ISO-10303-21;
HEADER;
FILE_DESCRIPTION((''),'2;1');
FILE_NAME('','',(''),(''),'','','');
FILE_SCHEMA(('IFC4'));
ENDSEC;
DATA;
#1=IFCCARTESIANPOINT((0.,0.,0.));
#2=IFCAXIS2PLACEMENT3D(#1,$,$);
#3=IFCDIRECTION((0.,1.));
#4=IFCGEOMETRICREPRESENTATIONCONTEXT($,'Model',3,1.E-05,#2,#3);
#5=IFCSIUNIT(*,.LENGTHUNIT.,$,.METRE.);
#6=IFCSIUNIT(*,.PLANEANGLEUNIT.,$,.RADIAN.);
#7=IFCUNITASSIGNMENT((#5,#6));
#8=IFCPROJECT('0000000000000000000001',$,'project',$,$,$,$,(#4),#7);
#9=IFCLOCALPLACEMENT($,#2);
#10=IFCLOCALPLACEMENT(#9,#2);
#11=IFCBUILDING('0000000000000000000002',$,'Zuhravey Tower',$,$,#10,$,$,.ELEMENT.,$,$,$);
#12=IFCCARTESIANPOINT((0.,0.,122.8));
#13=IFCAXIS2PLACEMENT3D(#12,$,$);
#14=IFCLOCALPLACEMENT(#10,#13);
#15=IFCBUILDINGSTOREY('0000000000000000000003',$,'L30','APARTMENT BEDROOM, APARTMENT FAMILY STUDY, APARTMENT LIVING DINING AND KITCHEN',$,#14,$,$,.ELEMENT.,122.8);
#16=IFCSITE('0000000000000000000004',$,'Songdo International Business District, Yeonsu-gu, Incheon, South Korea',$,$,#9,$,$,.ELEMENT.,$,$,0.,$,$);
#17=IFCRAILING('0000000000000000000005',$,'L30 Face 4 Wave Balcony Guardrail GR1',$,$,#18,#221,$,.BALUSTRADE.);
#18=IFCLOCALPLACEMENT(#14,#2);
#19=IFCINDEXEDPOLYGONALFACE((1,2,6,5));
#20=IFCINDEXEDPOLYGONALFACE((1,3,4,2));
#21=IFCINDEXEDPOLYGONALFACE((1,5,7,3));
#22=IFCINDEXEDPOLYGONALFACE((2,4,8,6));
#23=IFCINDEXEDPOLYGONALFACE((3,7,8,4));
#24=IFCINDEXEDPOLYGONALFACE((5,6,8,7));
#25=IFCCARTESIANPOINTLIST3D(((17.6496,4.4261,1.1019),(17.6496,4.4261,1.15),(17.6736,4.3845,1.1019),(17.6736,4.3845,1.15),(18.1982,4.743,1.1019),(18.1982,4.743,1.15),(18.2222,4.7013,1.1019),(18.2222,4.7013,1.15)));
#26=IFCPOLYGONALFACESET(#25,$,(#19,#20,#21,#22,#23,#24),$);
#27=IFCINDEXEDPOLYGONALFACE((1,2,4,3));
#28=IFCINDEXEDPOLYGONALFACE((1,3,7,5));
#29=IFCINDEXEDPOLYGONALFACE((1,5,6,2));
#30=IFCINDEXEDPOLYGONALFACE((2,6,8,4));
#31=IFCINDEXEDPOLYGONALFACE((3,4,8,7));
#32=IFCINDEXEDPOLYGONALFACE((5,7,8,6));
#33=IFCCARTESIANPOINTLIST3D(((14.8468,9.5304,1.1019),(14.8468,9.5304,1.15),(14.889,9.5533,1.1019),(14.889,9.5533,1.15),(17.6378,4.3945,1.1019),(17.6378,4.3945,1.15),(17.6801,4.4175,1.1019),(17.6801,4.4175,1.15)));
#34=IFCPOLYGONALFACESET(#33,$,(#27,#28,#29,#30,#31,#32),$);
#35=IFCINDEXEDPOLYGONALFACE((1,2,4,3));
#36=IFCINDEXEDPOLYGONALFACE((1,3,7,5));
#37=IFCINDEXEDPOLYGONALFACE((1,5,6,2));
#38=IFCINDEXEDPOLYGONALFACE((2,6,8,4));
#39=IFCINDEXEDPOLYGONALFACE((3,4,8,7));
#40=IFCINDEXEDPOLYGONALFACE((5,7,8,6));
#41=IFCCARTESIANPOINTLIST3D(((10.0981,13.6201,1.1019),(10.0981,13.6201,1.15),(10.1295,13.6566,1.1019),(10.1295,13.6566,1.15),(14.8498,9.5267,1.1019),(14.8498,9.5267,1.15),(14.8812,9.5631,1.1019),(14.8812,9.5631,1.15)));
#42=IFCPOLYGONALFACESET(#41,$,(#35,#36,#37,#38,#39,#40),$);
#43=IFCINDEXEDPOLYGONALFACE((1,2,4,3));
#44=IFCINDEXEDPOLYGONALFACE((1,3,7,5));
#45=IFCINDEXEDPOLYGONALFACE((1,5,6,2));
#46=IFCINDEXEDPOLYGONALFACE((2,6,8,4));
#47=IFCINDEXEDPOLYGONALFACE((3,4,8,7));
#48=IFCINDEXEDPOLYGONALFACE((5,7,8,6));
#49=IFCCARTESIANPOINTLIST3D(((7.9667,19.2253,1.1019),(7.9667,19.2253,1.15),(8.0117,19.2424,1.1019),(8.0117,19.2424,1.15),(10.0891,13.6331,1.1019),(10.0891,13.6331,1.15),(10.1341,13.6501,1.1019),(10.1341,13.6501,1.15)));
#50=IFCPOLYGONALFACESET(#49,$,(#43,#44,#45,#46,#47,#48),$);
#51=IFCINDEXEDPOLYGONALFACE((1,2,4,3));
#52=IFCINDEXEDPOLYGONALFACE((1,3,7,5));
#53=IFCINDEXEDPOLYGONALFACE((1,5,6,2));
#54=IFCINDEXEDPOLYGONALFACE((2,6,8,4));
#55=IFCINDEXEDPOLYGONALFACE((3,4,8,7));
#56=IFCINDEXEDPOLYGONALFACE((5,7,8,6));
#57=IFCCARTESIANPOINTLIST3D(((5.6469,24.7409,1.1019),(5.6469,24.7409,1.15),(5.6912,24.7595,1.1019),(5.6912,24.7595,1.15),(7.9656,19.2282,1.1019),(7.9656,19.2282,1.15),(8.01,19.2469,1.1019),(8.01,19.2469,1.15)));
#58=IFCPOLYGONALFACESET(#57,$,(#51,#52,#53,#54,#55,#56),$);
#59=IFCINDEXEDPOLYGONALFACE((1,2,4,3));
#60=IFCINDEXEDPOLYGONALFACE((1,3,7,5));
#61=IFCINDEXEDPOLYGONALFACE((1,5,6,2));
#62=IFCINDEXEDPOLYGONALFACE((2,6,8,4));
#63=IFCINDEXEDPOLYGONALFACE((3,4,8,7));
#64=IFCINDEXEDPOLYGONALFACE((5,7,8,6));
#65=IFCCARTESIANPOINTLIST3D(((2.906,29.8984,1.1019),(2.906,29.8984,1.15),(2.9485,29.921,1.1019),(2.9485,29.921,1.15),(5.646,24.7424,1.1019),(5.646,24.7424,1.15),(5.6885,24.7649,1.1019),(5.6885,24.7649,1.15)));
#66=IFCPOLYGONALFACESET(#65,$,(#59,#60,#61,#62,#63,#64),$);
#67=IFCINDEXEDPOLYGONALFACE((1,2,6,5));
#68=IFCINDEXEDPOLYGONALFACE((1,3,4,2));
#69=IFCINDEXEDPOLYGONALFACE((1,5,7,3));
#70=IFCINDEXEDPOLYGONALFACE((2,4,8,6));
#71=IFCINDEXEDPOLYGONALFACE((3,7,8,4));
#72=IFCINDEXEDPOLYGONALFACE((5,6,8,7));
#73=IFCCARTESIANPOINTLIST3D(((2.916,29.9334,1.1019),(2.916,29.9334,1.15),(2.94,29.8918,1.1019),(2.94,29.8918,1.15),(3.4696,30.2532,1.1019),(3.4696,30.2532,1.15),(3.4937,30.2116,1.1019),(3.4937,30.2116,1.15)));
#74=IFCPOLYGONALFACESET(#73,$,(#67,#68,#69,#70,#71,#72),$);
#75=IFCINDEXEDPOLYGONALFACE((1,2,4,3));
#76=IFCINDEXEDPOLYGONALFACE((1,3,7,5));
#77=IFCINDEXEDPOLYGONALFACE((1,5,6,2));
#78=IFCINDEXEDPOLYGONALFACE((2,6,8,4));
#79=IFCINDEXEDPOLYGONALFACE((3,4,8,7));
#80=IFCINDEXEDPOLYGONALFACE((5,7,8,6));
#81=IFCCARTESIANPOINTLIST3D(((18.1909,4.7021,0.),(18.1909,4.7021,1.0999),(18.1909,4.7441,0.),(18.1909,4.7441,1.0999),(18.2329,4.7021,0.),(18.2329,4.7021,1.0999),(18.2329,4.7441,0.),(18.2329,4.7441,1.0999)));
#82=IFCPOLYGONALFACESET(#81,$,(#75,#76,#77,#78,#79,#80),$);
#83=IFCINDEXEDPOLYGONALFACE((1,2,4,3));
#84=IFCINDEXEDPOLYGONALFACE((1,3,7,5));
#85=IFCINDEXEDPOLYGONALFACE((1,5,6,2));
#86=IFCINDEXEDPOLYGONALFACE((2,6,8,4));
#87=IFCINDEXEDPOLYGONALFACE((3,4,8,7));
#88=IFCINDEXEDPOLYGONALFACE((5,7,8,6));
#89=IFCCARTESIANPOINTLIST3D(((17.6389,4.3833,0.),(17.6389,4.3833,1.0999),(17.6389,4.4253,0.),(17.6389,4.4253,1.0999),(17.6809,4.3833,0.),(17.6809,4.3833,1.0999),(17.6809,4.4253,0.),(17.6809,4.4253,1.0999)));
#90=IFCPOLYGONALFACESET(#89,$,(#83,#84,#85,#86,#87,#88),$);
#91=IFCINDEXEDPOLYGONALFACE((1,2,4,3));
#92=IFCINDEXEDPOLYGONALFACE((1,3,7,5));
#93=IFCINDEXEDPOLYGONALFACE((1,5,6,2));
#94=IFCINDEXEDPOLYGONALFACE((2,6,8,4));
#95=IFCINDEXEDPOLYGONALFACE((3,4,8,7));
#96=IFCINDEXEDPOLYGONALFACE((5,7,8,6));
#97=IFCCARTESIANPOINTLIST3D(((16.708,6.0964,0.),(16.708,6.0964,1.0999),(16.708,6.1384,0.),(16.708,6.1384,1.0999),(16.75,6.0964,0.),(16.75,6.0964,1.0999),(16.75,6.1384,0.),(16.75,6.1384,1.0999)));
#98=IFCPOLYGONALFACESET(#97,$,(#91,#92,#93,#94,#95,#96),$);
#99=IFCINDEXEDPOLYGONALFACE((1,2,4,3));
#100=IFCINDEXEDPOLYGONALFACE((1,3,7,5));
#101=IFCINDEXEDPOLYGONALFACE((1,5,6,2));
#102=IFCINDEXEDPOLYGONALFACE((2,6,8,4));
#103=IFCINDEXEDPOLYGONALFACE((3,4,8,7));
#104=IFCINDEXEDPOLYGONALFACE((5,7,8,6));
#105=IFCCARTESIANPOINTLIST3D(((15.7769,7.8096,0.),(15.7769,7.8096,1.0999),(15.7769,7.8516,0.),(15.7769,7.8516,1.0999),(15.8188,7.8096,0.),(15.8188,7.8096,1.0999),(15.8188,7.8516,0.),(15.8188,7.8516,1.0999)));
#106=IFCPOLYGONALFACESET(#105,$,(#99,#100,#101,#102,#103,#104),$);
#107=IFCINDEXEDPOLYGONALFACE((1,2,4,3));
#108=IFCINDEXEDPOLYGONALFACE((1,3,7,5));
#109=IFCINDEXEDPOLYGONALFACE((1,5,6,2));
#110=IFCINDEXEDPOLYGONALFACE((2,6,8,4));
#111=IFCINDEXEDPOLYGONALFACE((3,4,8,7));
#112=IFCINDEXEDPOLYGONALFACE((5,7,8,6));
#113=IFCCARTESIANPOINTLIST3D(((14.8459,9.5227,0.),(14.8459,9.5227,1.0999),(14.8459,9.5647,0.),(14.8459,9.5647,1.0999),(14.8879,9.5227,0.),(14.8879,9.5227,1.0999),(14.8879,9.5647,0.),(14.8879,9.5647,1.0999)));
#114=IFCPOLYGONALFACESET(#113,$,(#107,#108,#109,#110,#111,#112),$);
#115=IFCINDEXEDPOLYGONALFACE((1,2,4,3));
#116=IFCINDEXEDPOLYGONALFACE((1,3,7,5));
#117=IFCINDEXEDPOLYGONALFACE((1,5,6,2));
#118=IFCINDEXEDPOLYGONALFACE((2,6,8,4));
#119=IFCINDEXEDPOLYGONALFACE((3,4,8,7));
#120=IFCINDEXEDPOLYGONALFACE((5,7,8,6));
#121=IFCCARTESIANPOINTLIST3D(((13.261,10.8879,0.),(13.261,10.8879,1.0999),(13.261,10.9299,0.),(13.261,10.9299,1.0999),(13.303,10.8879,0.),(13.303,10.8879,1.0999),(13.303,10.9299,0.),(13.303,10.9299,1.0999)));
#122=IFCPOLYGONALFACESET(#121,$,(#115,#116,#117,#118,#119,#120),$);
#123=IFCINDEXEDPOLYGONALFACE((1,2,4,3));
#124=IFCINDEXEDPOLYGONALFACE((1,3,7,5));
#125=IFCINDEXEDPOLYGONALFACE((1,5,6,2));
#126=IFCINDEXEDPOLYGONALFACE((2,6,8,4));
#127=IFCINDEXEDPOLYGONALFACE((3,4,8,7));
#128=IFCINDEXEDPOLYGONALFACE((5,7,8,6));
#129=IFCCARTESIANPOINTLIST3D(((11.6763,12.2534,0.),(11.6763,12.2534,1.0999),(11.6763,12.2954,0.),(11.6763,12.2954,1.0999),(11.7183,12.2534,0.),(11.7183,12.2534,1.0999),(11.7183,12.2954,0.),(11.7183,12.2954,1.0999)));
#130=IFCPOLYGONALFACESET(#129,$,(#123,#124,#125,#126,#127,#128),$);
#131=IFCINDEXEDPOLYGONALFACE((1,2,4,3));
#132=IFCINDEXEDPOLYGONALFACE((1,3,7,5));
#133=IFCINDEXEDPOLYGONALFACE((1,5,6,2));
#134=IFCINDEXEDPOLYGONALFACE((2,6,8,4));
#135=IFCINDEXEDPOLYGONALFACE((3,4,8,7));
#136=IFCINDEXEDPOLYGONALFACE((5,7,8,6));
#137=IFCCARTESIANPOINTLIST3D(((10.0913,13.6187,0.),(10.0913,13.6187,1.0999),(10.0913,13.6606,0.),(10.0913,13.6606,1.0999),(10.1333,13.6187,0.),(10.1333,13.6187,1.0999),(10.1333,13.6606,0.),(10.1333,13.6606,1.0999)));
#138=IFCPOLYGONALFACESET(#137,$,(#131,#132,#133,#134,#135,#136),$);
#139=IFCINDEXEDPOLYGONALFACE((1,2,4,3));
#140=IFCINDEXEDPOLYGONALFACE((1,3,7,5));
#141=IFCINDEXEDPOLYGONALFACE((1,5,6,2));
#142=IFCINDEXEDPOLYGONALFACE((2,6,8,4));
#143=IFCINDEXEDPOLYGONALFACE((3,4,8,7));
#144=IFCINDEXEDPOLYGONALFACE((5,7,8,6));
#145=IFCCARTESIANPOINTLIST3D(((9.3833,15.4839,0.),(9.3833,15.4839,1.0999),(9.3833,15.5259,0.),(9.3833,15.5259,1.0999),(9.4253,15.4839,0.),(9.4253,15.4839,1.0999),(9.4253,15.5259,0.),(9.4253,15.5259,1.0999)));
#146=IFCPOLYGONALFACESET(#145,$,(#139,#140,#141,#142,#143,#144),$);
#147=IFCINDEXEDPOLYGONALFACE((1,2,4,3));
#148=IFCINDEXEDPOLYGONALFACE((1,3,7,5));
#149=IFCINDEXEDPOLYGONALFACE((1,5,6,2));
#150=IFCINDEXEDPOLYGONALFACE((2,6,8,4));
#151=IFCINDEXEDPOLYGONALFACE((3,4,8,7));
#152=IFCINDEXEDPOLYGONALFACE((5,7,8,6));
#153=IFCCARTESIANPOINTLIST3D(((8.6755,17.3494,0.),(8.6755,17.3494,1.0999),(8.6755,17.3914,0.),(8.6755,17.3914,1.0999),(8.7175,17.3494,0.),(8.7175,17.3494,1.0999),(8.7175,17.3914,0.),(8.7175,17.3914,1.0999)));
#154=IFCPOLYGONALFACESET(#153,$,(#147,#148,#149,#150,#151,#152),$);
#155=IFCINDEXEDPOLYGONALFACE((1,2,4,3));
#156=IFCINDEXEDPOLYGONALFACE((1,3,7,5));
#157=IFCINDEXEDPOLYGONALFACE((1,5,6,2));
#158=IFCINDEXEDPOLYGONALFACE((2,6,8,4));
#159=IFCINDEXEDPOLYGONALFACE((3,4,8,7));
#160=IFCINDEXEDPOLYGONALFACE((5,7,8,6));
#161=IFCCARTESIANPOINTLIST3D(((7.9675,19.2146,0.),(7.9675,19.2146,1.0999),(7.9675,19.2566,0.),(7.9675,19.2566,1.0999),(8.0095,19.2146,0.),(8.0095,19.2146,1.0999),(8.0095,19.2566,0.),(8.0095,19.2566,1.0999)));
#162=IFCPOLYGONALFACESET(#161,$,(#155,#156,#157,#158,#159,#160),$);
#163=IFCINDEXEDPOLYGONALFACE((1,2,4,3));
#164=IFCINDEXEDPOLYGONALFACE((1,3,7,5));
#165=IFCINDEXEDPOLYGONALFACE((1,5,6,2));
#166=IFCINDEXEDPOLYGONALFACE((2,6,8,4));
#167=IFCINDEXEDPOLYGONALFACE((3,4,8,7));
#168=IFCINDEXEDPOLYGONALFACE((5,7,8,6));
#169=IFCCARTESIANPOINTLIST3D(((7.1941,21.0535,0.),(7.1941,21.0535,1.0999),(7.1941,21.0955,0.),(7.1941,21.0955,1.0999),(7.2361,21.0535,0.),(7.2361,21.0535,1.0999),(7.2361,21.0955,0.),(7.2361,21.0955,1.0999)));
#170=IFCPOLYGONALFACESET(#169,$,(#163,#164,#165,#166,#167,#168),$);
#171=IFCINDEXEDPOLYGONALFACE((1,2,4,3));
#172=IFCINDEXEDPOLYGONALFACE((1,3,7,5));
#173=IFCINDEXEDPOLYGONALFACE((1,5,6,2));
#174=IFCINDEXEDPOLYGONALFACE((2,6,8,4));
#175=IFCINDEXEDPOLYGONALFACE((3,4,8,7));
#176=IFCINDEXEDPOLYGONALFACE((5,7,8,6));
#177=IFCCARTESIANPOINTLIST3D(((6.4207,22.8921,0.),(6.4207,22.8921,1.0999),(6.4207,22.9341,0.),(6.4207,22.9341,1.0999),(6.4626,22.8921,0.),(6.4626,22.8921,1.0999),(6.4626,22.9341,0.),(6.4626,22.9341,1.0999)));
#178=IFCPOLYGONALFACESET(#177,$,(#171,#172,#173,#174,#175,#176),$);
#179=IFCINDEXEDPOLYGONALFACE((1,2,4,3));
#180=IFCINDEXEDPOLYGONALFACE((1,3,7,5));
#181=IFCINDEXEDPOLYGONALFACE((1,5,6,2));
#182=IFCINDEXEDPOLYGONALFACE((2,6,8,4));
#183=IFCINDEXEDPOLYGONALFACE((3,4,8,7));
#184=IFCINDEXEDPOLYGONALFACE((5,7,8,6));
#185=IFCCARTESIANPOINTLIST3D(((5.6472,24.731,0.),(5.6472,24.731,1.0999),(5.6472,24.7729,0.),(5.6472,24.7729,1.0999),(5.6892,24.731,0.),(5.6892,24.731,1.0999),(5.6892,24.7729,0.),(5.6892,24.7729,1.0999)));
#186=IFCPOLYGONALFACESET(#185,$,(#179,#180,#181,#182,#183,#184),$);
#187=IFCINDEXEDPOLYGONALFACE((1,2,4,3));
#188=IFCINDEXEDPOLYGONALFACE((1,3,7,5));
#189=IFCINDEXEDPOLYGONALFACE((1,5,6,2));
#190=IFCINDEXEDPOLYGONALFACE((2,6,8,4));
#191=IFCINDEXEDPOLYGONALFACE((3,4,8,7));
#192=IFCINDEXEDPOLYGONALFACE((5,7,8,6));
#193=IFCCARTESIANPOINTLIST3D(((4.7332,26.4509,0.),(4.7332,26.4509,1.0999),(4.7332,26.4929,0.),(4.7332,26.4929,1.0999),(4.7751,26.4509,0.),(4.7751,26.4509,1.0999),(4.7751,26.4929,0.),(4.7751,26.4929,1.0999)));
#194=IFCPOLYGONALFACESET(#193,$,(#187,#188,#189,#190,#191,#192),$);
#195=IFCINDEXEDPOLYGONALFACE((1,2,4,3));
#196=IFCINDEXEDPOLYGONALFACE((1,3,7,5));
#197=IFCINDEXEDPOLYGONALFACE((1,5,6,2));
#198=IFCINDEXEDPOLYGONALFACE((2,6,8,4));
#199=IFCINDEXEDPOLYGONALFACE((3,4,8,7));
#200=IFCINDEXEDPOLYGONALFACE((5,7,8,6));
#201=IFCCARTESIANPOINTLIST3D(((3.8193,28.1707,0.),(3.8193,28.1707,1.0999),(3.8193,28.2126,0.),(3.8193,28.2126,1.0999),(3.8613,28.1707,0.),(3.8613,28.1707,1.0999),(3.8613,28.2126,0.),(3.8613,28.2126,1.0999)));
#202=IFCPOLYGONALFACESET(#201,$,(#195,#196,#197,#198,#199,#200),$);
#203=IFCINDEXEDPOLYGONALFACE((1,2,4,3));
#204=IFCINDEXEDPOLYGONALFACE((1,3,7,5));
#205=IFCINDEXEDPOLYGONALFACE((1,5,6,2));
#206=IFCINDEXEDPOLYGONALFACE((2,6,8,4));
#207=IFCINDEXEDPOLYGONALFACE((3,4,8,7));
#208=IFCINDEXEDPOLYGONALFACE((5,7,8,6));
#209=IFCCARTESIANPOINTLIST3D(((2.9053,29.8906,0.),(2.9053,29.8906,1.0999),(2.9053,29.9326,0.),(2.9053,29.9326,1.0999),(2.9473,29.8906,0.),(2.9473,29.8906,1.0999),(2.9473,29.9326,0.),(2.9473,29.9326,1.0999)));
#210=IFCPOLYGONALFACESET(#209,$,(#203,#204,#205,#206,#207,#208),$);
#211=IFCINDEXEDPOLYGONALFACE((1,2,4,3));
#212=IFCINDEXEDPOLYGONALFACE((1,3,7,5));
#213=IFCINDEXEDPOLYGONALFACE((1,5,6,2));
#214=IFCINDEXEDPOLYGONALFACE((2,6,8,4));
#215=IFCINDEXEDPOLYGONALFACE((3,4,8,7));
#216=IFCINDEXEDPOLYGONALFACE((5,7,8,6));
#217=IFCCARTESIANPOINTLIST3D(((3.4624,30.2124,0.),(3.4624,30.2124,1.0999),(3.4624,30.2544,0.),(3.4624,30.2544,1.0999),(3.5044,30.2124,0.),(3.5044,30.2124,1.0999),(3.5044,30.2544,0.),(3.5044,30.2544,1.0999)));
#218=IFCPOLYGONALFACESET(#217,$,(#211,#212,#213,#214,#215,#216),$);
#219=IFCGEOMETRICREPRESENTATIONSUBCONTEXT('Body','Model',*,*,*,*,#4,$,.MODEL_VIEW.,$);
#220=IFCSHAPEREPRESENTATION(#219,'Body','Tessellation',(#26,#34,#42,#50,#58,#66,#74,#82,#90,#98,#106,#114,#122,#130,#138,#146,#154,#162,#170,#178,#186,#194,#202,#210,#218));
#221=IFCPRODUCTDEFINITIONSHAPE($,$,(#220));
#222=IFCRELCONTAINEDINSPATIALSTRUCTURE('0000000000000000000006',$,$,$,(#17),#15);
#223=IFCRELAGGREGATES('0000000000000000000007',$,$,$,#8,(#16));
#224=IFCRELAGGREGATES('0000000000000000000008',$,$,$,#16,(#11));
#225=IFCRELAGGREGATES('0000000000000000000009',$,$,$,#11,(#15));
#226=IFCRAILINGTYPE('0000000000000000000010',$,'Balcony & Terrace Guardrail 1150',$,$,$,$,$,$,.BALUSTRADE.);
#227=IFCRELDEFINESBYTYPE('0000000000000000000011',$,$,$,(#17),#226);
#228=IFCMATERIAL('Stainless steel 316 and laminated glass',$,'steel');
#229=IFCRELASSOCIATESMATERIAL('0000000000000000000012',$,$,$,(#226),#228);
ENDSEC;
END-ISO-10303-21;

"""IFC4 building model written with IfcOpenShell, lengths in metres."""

from ifc_helpers import new_model, si_unit, direction, frame, origin, origin_2d, place, context, subcontext, project, spatial, rectangle, extrude, material, type_object, element, save


model = new_model("IFC4")

# Units and contexts
model_context = context("Model", 3, precision=1e-05, world=origin(), true_north=direction((0.0, 1.0)))
body_context = subcontext(model_context, "Body", "Model", "MODEL_VIEW")
ifc_project = project(units=[si_unit("LENGTHUNIT", "METRE"), si_unit("PLANEANGLEUNIT", "RADIAN")], contexts=[model_context])

# Site, building, storey
site_placement = place(None, origin())
site = spatial("IfcSite", under=ifc_project, at=site_placement, Name="Songdo International Business District, Yeonsu-gu, Incheon, South Korea", CompositionType="ELEMENT", RefElevation=0.0)
building_placement = place(site_placement, origin())
building = spatial("IfcBuilding", under=site, at=building_placement, Name="Zuhravey Tower", CompositionType="ELEMENT")
storey_placement = place(building_placement, frame((0.0, 0.0, 122.8)))
storey = spatial("IfcBuildingStorey", under=building, at=storey_placement, Name="L30", Description="APARTMENT BEDROOM, APARTMENT FAMILY STUDY, APARTMENT LIVING DINING AND KITCHEN", CompositionType="ELEMENT", Elevation=122.8)

# Railing
ifc_material_1 = material(Name="Stainless steel 316 and laminated glass", Category="steel")
railing_type = type_object("IfcRailingType", Name="Balcony & Terrace Guardrail 1150", PredefinedType="BALUSTRADE", material=ifc_material_1)
railing_placement = place(storey_placement, frame((18.2119, 4.7231, 0.0)))
element("IfcRailing", 1, at=railing_placement, inside=storey, type_object=railing_type, Name="L30 Face 4 Wave Balcony Guardrail GR1", PredefinedType="BALUSTRADE", context=body_context, shape_type="SweptSolid", body=[
    extrude(rectangle(XDim=0.0481, YDim=0.0481, at=origin_2d()), frame((-0.0017, -0.001, 1.126), z_axis=(-0.865924, -0.500176, 0.0), x_axis=(0.500176, -0.865924, 0.0)), (0.0, 0.0, 1.0), 0.6335),
    extrude(rectangle(XDim=0.0481, YDim=0.0481, at=origin_2d()), frame((-0.553, -0.3171, 1.126), z_axis=(-0.477489, 0.878638, 0.0), x_axis=(-0.878638, -0.477489, 0.0)), (0.0, 0.0, 1.0), 5.8452),
    extrude(rectangle(XDim=0.0481, YDim=0.0481, at=origin_2d()), frame((-3.3464, 4.8218, 1.126), z_axis=(-0.757637, 0.652676, 0.0), x_axis=(-0.652676, -0.757637, 0.0)), (0.0, 0.0, 1.0), 6.2717),
    extrude(rectangle(XDim=0.0481, YDim=0.0481, at=origin_2d()), frame((-8.1003, 8.9185, 1.126), z_axis=(-0.354826, 0.934932, 0.0), x_axis=(-0.934932, -0.354826, 0.0)), (0.0, 0.0, 1.0), 5.9814),
    extrude(rectangle(XDim=0.0481, YDim=0.0481, at=origin_2d()), frame((-10.2241, 14.5144, 1.126), z_axis=(-0.387721, 0.921777, 0.0), x_axis=(-0.921777, -0.387721, 0.0)), (0.0, 0.0, 1.0), 5.9805),
    extrude(rectangle(XDim=0.0481, YDim=0.0481, at=origin_2d()), frame((-12.5447, 20.0305, 1.126), z_axis=(-0.469271, 0.883054, 0.0), x_axis=(-0.883054, -0.469271, 0.0)), (0.0, 0.0, 1.0), 5.8389),
    extrude(rectangle(XDim=0.0481, YDim=0.0481, at=origin_2d()), frame((-15.2839, 25.1895, 1.126), z_axis=(0.865945, 0.500139, 0.0), x_axis=(-0.500139, 0.865945, 0.0)), (0.0, 0.0, 1.0), 0.6394),
    extrude(rectangle(XDim=0.042, YDim=0.042, at=origin_2d()), origin(), (0.0, 0.0, 1.0), 1.0999),
    extrude(rectangle(XDim=0.042, YDim=0.042, at=origin_2d()), frame((-0.552, -0.3188, 0.0)), (0.0, 0.0, 1.0), 1.0999),
    extrude(rectangle(XDim=0.042, YDim=0.042, at=origin_2d()), frame((-1.4829, 1.3943, 0.0)), (0.0, 0.0, 1.0), 1.0999),
    extrude(rectangle(XDim=0.042, YDim=0.042, at=origin_2d()), frame((-2.4141, 3.1074, 0.0)), (0.0, 0.0, 1.0), 1.0999),
    extrude(rectangle(XDim=0.042, YDim=0.042, at=origin_2d()), frame((-3.345, 4.8206, 0.0)), (0.0, 0.0, 1.0), 1.0999),
    extrude(rectangle(XDim=0.042, YDim=0.042, at=origin_2d()), frame((-4.9299, 6.1858, 0.0)), (0.0, 0.0, 1.0), 1.0999),
    extrude(rectangle(XDim=0.042, YDim=0.042, at=origin_2d()), frame((-6.5146, 7.5513, 0.0)), (0.0, 0.0, 1.0), 1.0999),
    extrude(rectangle(XDim=0.042, YDim=0.042, at=origin_2d()), frame((-8.0996, 8.9165, 0.0)), (0.0, 0.0, 1.0), 1.0999),
    extrude(rectangle(XDim=0.042, YDim=0.042, at=origin_2d()), frame((-8.8076, 10.7817, 0.0)), (0.0, 0.0, 1.0), 1.0999),
    extrude(rectangle(XDim=0.042, YDim=0.042, at=origin_2d()), frame((-9.5154, 12.6472, 0.0)), (0.0, 0.0, 1.0), 1.0999),
    extrude(rectangle(XDim=0.042, YDim=0.042, at=origin_2d()), frame((-10.2234, 14.5125, 0.0)), (0.0, 0.0, 1.0), 1.0999),
    extrude(rectangle(XDim=0.042, YDim=0.042, at=origin_2d()), frame((-10.9968, 16.3513, 0.0)), (0.0, 0.0, 1.0), 1.0999),
    extrude(rectangle(XDim=0.042, YDim=0.042, at=origin_2d()), frame((-11.7703, 18.1899, 0.0)), (0.0, 0.0, 1.0), 1.0999),
    extrude(rectangle(XDim=0.042, YDim=0.042, at=origin_2d()), frame((-12.5437, 20.0288, 0.0)), (0.0, 0.0, 1.0), 1.0999),
    extrude(rectangle(XDim=0.042, YDim=0.042, at=origin_2d()), frame((-13.4578, 21.7488, 0.0)), (0.0, 0.0, 1.0), 1.0999),
    extrude(rectangle(XDim=0.042, YDim=0.042, at=origin_2d()), frame((-14.3716, 23.4685, 0.0)), (0.0, 0.0, 1.0), 1.0999),
    extrude(rectangle(XDim=0.042, YDim=0.042, at=origin_2d()), frame((-15.2856, 25.1885, 0.0)), (0.0, 0.0, 1.0), 1.0999),
    extrude(rectangle(XDim=0.042, YDim=0.042, at=origin_2d()), frame((-14.7285, 25.5103, 0.0)), (0.0, 0.0, 1.0), 1.0999),
])

save(model, "model.ifc")
